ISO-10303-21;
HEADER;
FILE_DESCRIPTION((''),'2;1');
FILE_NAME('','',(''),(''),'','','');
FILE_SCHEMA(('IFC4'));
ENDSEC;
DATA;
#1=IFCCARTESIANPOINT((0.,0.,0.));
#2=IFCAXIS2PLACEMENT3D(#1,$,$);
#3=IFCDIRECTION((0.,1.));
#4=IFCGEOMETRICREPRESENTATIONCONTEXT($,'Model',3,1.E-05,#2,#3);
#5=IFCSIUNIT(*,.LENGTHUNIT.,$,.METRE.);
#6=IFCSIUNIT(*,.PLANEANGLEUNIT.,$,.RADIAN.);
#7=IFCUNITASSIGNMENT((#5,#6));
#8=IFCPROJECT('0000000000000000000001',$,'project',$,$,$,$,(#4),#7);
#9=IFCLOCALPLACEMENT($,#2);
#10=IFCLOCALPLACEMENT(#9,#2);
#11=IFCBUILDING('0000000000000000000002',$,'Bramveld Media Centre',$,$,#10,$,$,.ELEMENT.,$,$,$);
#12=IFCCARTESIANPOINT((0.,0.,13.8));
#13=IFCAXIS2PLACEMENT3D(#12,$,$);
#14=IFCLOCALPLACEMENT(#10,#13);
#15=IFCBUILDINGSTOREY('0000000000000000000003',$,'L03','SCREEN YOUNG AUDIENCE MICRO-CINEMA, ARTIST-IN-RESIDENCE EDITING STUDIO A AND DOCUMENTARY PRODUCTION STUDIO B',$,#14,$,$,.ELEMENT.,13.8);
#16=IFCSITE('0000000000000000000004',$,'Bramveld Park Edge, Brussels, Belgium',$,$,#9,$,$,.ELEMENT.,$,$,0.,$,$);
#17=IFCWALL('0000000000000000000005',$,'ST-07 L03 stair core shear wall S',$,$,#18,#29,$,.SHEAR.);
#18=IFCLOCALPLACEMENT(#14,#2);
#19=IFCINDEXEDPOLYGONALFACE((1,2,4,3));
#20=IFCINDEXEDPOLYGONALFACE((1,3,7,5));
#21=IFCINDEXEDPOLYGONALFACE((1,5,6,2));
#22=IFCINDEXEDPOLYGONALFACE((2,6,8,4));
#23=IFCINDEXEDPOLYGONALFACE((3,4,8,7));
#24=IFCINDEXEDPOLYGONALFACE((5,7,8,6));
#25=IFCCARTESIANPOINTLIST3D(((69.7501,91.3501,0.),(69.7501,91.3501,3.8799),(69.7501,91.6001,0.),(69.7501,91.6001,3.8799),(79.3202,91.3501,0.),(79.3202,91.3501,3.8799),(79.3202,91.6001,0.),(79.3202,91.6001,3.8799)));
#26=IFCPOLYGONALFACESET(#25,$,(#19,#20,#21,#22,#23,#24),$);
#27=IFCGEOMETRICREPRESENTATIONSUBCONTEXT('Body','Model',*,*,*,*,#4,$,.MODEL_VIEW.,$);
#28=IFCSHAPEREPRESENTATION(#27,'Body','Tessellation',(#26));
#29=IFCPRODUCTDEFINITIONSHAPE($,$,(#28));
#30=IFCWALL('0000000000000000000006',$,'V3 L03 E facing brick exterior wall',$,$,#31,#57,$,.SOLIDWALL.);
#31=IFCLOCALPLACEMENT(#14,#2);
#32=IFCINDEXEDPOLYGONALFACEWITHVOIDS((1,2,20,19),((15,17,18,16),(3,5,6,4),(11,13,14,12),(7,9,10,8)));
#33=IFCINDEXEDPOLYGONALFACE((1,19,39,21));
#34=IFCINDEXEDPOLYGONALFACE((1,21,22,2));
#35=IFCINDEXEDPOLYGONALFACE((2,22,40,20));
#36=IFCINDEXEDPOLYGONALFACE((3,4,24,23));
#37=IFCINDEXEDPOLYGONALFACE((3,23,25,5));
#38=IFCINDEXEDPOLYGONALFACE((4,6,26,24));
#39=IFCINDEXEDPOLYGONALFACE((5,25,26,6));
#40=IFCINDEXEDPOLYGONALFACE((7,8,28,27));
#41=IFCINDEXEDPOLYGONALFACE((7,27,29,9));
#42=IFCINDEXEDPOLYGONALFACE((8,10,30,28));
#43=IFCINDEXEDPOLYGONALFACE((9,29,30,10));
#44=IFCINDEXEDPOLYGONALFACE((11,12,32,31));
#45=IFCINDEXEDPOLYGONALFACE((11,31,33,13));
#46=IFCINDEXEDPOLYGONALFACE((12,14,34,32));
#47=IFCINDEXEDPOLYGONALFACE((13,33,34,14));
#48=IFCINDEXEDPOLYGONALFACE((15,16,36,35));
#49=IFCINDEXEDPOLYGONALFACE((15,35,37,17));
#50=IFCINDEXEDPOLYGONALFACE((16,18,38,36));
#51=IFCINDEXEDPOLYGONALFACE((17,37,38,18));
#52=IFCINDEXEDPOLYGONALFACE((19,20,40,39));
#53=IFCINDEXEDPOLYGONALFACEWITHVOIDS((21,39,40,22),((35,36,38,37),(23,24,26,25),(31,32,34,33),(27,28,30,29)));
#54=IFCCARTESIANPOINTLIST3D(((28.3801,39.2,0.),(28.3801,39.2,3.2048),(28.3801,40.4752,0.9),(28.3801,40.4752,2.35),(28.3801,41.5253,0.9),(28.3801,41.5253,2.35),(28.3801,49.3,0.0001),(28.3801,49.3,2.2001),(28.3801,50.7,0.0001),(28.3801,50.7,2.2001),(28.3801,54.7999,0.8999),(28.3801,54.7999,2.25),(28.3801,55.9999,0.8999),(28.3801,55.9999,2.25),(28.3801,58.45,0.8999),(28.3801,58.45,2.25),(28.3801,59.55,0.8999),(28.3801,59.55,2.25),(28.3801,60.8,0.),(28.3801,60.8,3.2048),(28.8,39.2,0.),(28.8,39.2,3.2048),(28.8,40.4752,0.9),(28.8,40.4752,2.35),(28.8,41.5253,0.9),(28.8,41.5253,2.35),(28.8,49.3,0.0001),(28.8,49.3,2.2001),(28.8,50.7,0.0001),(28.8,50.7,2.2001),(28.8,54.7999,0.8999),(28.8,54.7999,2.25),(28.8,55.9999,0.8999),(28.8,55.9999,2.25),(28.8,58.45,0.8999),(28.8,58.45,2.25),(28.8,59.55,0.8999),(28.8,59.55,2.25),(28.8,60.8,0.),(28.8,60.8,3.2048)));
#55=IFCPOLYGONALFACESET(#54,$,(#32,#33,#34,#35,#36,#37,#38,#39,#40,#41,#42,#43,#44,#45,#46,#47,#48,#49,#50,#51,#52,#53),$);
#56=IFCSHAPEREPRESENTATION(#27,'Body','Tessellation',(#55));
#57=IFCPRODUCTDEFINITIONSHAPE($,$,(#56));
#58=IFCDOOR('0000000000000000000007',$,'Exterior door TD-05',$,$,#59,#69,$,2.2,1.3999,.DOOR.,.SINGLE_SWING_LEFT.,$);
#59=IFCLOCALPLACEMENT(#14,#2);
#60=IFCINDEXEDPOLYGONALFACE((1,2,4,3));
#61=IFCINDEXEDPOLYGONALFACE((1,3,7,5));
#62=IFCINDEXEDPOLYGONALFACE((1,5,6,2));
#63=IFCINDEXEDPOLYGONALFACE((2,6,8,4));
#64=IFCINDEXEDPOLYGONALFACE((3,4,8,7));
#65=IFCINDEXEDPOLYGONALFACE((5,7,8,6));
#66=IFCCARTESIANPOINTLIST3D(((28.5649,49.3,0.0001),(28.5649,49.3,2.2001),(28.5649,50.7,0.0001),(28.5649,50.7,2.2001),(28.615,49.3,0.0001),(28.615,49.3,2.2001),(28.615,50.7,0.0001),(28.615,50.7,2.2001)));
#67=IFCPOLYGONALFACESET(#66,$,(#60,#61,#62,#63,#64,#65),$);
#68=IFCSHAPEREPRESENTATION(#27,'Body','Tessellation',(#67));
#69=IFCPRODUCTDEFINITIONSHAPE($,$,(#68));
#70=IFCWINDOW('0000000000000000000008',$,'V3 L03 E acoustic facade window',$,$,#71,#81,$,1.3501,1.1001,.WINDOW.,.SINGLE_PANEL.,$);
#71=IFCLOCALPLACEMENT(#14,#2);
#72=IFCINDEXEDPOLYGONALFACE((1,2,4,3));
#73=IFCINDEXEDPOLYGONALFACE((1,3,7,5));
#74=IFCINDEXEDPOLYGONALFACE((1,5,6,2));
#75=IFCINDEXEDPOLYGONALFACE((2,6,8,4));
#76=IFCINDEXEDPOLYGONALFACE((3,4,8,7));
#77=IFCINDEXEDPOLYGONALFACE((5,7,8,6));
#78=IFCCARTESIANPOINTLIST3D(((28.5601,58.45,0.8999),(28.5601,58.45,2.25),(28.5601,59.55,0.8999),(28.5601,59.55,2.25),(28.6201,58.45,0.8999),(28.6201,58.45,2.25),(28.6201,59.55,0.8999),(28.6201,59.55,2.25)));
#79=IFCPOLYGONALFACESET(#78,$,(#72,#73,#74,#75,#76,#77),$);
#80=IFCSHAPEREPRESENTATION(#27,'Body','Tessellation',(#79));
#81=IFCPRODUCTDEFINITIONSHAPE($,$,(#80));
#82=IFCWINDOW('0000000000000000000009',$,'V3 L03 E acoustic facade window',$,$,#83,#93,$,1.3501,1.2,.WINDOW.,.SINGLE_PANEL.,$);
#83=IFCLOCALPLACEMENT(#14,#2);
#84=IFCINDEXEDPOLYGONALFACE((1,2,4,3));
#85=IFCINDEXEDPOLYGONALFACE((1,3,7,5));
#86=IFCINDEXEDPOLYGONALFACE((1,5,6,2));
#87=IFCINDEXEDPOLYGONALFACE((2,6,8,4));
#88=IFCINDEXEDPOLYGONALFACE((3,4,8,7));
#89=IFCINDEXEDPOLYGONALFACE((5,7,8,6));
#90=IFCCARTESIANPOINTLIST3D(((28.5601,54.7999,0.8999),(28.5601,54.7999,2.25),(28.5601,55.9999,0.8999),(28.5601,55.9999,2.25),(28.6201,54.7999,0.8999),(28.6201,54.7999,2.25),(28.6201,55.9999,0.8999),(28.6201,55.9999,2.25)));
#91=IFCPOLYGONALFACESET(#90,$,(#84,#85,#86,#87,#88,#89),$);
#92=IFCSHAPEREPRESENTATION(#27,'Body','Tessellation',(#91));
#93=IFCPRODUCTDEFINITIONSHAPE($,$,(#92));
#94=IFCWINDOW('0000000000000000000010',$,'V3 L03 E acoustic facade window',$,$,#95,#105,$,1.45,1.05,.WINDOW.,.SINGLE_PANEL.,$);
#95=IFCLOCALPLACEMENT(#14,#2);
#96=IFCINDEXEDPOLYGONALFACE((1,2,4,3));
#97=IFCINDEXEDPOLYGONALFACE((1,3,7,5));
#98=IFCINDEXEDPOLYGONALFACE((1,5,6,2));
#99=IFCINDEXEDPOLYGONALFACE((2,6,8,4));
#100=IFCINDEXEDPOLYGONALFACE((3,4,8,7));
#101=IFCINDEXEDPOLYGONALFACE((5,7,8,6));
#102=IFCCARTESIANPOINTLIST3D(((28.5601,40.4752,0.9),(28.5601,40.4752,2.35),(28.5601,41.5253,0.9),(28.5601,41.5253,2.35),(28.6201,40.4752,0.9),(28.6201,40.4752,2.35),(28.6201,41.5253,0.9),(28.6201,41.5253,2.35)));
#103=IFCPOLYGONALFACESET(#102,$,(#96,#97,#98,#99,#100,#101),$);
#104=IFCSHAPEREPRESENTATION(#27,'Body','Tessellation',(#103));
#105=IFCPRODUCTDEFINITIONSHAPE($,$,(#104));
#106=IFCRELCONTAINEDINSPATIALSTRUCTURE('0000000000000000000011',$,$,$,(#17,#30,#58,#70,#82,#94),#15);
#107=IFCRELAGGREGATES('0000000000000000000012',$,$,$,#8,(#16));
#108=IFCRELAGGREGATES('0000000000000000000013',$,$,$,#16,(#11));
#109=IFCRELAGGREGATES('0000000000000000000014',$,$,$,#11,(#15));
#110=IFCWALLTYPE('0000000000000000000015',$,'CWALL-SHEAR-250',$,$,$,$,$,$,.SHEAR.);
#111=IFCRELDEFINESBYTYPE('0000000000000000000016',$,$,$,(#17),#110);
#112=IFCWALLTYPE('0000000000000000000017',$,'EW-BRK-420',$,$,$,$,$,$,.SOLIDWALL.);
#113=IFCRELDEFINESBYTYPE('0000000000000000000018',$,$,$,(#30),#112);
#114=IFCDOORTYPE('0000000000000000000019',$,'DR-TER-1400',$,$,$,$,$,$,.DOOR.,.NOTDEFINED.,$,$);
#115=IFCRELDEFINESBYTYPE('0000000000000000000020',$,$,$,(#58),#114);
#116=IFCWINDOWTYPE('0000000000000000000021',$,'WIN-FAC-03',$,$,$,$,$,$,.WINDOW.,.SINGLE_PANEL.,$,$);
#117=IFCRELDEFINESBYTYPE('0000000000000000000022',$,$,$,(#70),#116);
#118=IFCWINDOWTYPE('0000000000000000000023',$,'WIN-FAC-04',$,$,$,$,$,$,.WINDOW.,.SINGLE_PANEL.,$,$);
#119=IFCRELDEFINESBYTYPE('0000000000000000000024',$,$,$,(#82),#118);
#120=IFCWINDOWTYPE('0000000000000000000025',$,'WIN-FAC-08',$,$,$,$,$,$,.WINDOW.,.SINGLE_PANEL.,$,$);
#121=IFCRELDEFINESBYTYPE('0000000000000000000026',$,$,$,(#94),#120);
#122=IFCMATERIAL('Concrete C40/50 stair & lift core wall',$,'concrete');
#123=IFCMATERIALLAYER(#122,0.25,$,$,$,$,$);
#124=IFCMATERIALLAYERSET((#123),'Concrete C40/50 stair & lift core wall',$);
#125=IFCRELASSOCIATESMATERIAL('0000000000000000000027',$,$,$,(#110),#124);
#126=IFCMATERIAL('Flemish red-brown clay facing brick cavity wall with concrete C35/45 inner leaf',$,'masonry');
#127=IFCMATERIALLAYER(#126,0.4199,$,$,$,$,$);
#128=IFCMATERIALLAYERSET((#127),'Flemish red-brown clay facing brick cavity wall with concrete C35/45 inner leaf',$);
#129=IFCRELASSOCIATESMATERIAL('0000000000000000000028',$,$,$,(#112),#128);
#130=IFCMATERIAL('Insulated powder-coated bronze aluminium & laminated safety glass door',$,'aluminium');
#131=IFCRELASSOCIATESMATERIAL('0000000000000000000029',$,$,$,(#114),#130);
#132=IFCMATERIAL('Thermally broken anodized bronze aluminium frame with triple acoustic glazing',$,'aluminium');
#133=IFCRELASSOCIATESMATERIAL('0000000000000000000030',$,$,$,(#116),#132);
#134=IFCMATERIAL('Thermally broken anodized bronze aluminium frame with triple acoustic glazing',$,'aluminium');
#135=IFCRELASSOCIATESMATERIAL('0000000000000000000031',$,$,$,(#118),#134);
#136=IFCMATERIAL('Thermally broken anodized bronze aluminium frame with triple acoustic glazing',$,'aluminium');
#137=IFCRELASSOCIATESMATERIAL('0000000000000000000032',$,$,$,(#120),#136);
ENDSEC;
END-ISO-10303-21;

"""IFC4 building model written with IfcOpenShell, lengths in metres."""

from ifc_helpers import new_model, si_unit, direction, frame, frame_2d, origin, place, context, subcontext, project, spatial, rectangle, extrude, material, layer, layer_set, type_object, element, fill, save


model = new_model("IFC4")

# Units and contexts
model_context = context("Model", 3, precision=1e-05, world=origin(), true_north=direction((0.0, 1.0)))
body_context = subcontext(model_context, "Body", "Model", "MODEL_VIEW")
ifc_project = project(units=[si_unit("LENGTHUNIT", "METRE"), si_unit("PLANEANGLEUNIT", "RADIAN")], contexts=[model_context])

# Site, building, storey
site_placement = place(None, origin())
site = spatial("IfcSite", under=ifc_project, at=site_placement, Name="Bramveld Park Edge, Brussels, Belgium", CompositionType="ELEMENT", RefElevation=0.0)
building_placement = place(site_placement, origin())
building = spatial("IfcBuilding", under=site, at=building_placement, Name="Bramveld Media Centre", CompositionType="ELEMENT")
storey_placement = place(building_placement, frame((0.0, 0.0, 13.8)))
storey = spatial("IfcBuildingStorey", under=building, at=storey_placement, Name="L03", Description="SCREEN YOUNG AUDIENCE MICRO-CINEMA, ARTIST-IN-RESIDENCE EDITING STUDIO A AND DOCUMENTARY PRODUCTION STUDIO B", CompositionType="ELEMENT", Elevation=13.8)

# Wall
ifc_material_1 = material(Name="Concrete C40/50 stair & lift core wall", Category="concrete")
ifc_layer_1 = layer(ifc_material_1, 0.25)
ifc_layer_set_1 = layer_set([ifc_layer_1], Name="Concrete C40/50 stair & lift core wall")
wall_type_1 = type_object("IfcWallType", Name="CWALL-SHEAR-250", PredefinedType="SHEAR", material=ifc_layer_set_1)
wall_1_placement = place(storey_placement, frame((69.75, 91.4751, 0.0), z_axis=(0.0, 0.0, 1.0), x_axis=(1.0, 0.0, 0.0)))
element("IfcWall", 1, at=wall_1_placement, inside=storey, type_object=wall_type_1, Name="ST-07 L03 stair core shear wall S", PredefinedType="SHEAR", context=body_context, shape_type="SweptSolid", body=[
    extrude(rectangle(XDim=9.5701, YDim=0.25, at=frame_2d((4.7852, 0.0))), origin(), (0.0, 0.0, 1.0), 3.8799),
])

# Wall, openings, door, windows
ifc_material_2 = material(Name="Flemish red-brown clay facing brick cavity wall with concrete C35/45 inner leaf", Category="masonry")
ifc_layer_2 = layer(ifc_material_2, 0.4199)
ifc_layer_set_2 = layer_set([ifc_layer_2], Name="Flemish red-brown clay facing brick cavity wall with concrete C35/45 inner leaf")
wall_type_2 = type_object("IfcWallType", Name="EW-BRK-420", PredefinedType="SOLIDWALL", material=ifc_layer_set_2)
wall_2_placement = place(storey_placement, frame((28.5901, 60.8, 0.0), z_axis=(0.0, 0.0, 1.0), x_axis=(0.0, -1.0, 0.0)))
wall_2 = element("IfcWall", 2, at=wall_2_placement, inside=storey, type_object=wall_type_2, Name="V3 L03 E facing brick exterior wall", PredefinedType="SOLIDWALL", context=body_context, shape_type="SweptSolid", body=[
    extrude(rectangle(XDim=21.6001, YDim=0.4199, at=frame_2d((10.8, 0.0))), origin(), (0.0, 0.0, 1.0), 3.2048),
])
opening_1_placement = place(wall_2_placement, frame((10.1001, 0.0, 0.0)))
opening_1 = element("IfcOpeningElement", 3, at=opening_1_placement, cuts=wall_2, PredefinedType="OPENING", context=body_context, shape_type="SweptSolid", body=[
    extrude(rectangle(XDim=1.3999, YDim=2.2, at=frame_2d((0.7, 1.1001))), frame((0.0, 0.2219, 0.0), z_axis=(0.0, -1.0, 0.0), x_axis=(1.0, 0.0, 0.0)), (0.0, 0.0, 1.0), 0.4438),
])
opening_2_placement = place(wall_2_placement, frame((1.25, 0.0, 0.8999)))
opening_2 = element("IfcOpeningElement", 4, at=opening_2_placement, cuts=wall_2, PredefinedType="OPENING", context=body_context, shape_type="SweptSolid", body=[
    extrude(rectangle(XDim=1.1001, YDim=1.3501, at=frame_2d((0.55, 0.675))), frame((0.0, 0.2219, 0.0), z_axis=(0.0, -1.0, 0.0), x_axis=(1.0, 0.0, 0.0)), (0.0, 0.0, 1.0), 0.4438),
])
opening_3_placement = place(wall_2_placement, frame((4.8, 0.0, 0.8999)))
opening_3 = element("IfcOpeningElement", 5, at=opening_3_placement, cuts=wall_2, PredefinedType="OPENING", context=body_context, shape_type="SweptSolid", body=[
    extrude(rectangle(XDim=1.2, YDim=1.3501, at=frame_2d((0.6001, 0.675))), frame((0.0, 0.2219, 0.0), z_axis=(0.0, -1.0, 0.0), x_axis=(1.0, 0.0, 0.0)), (0.0, 0.0, 1.0), 0.4438),
])
opening_4_placement = place(wall_2_placement, frame((19.2749, 0.0, 0.8999)))
opening_4 = element("IfcOpeningElement", 6, at=opening_4_placement, cuts=wall_2, PredefinedType="OPENING", context=body_context, shape_type="SweptSolid", body=[
    extrude(rectangle(XDim=1.05, YDim=1.45, at=frame_2d((0.5249, 0.7251))), frame((0.0, 0.2219, 0.0), z_axis=(0.0, -1.0, 0.0), x_axis=(1.0, 0.0, 0.0)), (0.0, 0.0, 1.0), 0.4438),
])
ifc_material_3 = material(Name="Insulated powder-coated bronze aluminium & laminated safety glass door", Category="aluminium")
door_type = type_object("IfcDoorType", Name="DR-TER-1400", OperationType="NOTDEFINED", PredefinedType="DOOR", material=ifc_material_3)
door_placement = place(opening_1_placement, origin())
door = element("IfcDoor", 7, at=door_placement, inside=storey, type_object=door_type, Name="Exterior door TD-05", OperationType="SINGLE_SWING_LEFT", OverallHeight=2.2, OverallWidth=1.3999, PredefinedType="DOOR", context=body_context, shape_type="SweptSolid", body=[
    extrude(rectangle(XDim=1.3999, YDim=2.2, at=frame_2d((0.7, 1.1001))), frame((0.0, 0.0249, 0.0), z_axis=(0.0, -1.0, 0.0), x_axis=(1.0, 0.0, 0.0)), (0.0, 0.0, 1.0), 0.05),
])
fill(opening_1, door)
ifc_material_4 = material(Name="Thermally broken anodized bronze aluminium frame with triple acoustic glazing", Category="aluminium")
window_type_1 = type_object("IfcWindowType", Name="WIN-FAC-03", PartitioningType="SINGLE_PANEL", PredefinedType="WINDOW", material=ifc_material_4)
window_1_placement = place(opening_2_placement, origin())
window_1 = element("IfcWindow", 8, at=window_1_placement, inside=storey, type_object=window_type_1, Name="V3 L03 E acoustic facade window", OverallHeight=1.3501, OverallWidth=1.1001, PartitioningType="SINGLE_PANEL", PredefinedType="WINDOW", context=body_context, shape_type="SweptSolid", body=[
    extrude(rectangle(XDim=1.1001, YDim=1.3501, at=frame_2d((0.55, 0.675))), frame((0.0, 0.03, 0.0), z_axis=(0.0, -1.0, 0.0), x_axis=(1.0, 0.0, 0.0)), (0.0, 0.0, 1.0), 0.0601),
])
fill(opening_2, window_1)
ifc_material_5 = material(Name="Thermally broken anodized bronze aluminium frame with triple acoustic glazing", Category="aluminium")
window_type_2 = type_object("IfcWindowType", Name="WIN-FAC-04", PartitioningType="SINGLE_PANEL", PredefinedType="WINDOW", material=ifc_material_5)
window_2_placement = place(opening_3_placement, origin())
window_2 = element("IfcWindow", 9, at=window_2_placement, inside=storey, type_object=window_type_2, Name="V3 L03 E acoustic facade window", OverallHeight=1.3501, OverallWidth=1.2, PartitioningType="SINGLE_PANEL", PredefinedType="WINDOW", context=body_context, shape_type="SweptSolid", body=[
    extrude(rectangle(XDim=1.2, YDim=1.3501, at=frame_2d((0.6001, 0.675))), frame((0.0, 0.03, 0.0), z_axis=(0.0, -1.0, 0.0), x_axis=(1.0, 0.0, 0.0)), (0.0, 0.0, 1.0), 0.0601),
])
fill(opening_3, window_2)
ifc_material_6 = material(Name="Thermally broken anodized bronze aluminium frame with triple acoustic glazing", Category="aluminium")
window_type_3 = type_object("IfcWindowType", Name="WIN-FAC-08", PartitioningType="SINGLE_PANEL", PredefinedType="WINDOW", material=ifc_material_6)
window_3_placement = place(opening_4_placement, origin())
window_3 = element("IfcWindow", 10, at=window_3_placement, inside=storey, type_object=window_type_3, Name="V3 L03 E acoustic facade window", OverallHeight=1.45, OverallWidth=1.05, PartitioningType="SINGLE_PANEL", PredefinedType="WINDOW", context=body_context, shape_type="SweptSolid", body=[
    extrude(rectangle(XDim=1.05, YDim=1.45, at=frame_2d((0.5249, 0.7251))), frame((0.0, 0.03, 0.0), z_axis=(0.0, -1.0, 0.0), x_axis=(1.0, 0.0, 0.0)), (0.0, 0.0, 1.0), 0.0601),
])
fill(opening_4, window_3)

save(model, "model.ifc")
